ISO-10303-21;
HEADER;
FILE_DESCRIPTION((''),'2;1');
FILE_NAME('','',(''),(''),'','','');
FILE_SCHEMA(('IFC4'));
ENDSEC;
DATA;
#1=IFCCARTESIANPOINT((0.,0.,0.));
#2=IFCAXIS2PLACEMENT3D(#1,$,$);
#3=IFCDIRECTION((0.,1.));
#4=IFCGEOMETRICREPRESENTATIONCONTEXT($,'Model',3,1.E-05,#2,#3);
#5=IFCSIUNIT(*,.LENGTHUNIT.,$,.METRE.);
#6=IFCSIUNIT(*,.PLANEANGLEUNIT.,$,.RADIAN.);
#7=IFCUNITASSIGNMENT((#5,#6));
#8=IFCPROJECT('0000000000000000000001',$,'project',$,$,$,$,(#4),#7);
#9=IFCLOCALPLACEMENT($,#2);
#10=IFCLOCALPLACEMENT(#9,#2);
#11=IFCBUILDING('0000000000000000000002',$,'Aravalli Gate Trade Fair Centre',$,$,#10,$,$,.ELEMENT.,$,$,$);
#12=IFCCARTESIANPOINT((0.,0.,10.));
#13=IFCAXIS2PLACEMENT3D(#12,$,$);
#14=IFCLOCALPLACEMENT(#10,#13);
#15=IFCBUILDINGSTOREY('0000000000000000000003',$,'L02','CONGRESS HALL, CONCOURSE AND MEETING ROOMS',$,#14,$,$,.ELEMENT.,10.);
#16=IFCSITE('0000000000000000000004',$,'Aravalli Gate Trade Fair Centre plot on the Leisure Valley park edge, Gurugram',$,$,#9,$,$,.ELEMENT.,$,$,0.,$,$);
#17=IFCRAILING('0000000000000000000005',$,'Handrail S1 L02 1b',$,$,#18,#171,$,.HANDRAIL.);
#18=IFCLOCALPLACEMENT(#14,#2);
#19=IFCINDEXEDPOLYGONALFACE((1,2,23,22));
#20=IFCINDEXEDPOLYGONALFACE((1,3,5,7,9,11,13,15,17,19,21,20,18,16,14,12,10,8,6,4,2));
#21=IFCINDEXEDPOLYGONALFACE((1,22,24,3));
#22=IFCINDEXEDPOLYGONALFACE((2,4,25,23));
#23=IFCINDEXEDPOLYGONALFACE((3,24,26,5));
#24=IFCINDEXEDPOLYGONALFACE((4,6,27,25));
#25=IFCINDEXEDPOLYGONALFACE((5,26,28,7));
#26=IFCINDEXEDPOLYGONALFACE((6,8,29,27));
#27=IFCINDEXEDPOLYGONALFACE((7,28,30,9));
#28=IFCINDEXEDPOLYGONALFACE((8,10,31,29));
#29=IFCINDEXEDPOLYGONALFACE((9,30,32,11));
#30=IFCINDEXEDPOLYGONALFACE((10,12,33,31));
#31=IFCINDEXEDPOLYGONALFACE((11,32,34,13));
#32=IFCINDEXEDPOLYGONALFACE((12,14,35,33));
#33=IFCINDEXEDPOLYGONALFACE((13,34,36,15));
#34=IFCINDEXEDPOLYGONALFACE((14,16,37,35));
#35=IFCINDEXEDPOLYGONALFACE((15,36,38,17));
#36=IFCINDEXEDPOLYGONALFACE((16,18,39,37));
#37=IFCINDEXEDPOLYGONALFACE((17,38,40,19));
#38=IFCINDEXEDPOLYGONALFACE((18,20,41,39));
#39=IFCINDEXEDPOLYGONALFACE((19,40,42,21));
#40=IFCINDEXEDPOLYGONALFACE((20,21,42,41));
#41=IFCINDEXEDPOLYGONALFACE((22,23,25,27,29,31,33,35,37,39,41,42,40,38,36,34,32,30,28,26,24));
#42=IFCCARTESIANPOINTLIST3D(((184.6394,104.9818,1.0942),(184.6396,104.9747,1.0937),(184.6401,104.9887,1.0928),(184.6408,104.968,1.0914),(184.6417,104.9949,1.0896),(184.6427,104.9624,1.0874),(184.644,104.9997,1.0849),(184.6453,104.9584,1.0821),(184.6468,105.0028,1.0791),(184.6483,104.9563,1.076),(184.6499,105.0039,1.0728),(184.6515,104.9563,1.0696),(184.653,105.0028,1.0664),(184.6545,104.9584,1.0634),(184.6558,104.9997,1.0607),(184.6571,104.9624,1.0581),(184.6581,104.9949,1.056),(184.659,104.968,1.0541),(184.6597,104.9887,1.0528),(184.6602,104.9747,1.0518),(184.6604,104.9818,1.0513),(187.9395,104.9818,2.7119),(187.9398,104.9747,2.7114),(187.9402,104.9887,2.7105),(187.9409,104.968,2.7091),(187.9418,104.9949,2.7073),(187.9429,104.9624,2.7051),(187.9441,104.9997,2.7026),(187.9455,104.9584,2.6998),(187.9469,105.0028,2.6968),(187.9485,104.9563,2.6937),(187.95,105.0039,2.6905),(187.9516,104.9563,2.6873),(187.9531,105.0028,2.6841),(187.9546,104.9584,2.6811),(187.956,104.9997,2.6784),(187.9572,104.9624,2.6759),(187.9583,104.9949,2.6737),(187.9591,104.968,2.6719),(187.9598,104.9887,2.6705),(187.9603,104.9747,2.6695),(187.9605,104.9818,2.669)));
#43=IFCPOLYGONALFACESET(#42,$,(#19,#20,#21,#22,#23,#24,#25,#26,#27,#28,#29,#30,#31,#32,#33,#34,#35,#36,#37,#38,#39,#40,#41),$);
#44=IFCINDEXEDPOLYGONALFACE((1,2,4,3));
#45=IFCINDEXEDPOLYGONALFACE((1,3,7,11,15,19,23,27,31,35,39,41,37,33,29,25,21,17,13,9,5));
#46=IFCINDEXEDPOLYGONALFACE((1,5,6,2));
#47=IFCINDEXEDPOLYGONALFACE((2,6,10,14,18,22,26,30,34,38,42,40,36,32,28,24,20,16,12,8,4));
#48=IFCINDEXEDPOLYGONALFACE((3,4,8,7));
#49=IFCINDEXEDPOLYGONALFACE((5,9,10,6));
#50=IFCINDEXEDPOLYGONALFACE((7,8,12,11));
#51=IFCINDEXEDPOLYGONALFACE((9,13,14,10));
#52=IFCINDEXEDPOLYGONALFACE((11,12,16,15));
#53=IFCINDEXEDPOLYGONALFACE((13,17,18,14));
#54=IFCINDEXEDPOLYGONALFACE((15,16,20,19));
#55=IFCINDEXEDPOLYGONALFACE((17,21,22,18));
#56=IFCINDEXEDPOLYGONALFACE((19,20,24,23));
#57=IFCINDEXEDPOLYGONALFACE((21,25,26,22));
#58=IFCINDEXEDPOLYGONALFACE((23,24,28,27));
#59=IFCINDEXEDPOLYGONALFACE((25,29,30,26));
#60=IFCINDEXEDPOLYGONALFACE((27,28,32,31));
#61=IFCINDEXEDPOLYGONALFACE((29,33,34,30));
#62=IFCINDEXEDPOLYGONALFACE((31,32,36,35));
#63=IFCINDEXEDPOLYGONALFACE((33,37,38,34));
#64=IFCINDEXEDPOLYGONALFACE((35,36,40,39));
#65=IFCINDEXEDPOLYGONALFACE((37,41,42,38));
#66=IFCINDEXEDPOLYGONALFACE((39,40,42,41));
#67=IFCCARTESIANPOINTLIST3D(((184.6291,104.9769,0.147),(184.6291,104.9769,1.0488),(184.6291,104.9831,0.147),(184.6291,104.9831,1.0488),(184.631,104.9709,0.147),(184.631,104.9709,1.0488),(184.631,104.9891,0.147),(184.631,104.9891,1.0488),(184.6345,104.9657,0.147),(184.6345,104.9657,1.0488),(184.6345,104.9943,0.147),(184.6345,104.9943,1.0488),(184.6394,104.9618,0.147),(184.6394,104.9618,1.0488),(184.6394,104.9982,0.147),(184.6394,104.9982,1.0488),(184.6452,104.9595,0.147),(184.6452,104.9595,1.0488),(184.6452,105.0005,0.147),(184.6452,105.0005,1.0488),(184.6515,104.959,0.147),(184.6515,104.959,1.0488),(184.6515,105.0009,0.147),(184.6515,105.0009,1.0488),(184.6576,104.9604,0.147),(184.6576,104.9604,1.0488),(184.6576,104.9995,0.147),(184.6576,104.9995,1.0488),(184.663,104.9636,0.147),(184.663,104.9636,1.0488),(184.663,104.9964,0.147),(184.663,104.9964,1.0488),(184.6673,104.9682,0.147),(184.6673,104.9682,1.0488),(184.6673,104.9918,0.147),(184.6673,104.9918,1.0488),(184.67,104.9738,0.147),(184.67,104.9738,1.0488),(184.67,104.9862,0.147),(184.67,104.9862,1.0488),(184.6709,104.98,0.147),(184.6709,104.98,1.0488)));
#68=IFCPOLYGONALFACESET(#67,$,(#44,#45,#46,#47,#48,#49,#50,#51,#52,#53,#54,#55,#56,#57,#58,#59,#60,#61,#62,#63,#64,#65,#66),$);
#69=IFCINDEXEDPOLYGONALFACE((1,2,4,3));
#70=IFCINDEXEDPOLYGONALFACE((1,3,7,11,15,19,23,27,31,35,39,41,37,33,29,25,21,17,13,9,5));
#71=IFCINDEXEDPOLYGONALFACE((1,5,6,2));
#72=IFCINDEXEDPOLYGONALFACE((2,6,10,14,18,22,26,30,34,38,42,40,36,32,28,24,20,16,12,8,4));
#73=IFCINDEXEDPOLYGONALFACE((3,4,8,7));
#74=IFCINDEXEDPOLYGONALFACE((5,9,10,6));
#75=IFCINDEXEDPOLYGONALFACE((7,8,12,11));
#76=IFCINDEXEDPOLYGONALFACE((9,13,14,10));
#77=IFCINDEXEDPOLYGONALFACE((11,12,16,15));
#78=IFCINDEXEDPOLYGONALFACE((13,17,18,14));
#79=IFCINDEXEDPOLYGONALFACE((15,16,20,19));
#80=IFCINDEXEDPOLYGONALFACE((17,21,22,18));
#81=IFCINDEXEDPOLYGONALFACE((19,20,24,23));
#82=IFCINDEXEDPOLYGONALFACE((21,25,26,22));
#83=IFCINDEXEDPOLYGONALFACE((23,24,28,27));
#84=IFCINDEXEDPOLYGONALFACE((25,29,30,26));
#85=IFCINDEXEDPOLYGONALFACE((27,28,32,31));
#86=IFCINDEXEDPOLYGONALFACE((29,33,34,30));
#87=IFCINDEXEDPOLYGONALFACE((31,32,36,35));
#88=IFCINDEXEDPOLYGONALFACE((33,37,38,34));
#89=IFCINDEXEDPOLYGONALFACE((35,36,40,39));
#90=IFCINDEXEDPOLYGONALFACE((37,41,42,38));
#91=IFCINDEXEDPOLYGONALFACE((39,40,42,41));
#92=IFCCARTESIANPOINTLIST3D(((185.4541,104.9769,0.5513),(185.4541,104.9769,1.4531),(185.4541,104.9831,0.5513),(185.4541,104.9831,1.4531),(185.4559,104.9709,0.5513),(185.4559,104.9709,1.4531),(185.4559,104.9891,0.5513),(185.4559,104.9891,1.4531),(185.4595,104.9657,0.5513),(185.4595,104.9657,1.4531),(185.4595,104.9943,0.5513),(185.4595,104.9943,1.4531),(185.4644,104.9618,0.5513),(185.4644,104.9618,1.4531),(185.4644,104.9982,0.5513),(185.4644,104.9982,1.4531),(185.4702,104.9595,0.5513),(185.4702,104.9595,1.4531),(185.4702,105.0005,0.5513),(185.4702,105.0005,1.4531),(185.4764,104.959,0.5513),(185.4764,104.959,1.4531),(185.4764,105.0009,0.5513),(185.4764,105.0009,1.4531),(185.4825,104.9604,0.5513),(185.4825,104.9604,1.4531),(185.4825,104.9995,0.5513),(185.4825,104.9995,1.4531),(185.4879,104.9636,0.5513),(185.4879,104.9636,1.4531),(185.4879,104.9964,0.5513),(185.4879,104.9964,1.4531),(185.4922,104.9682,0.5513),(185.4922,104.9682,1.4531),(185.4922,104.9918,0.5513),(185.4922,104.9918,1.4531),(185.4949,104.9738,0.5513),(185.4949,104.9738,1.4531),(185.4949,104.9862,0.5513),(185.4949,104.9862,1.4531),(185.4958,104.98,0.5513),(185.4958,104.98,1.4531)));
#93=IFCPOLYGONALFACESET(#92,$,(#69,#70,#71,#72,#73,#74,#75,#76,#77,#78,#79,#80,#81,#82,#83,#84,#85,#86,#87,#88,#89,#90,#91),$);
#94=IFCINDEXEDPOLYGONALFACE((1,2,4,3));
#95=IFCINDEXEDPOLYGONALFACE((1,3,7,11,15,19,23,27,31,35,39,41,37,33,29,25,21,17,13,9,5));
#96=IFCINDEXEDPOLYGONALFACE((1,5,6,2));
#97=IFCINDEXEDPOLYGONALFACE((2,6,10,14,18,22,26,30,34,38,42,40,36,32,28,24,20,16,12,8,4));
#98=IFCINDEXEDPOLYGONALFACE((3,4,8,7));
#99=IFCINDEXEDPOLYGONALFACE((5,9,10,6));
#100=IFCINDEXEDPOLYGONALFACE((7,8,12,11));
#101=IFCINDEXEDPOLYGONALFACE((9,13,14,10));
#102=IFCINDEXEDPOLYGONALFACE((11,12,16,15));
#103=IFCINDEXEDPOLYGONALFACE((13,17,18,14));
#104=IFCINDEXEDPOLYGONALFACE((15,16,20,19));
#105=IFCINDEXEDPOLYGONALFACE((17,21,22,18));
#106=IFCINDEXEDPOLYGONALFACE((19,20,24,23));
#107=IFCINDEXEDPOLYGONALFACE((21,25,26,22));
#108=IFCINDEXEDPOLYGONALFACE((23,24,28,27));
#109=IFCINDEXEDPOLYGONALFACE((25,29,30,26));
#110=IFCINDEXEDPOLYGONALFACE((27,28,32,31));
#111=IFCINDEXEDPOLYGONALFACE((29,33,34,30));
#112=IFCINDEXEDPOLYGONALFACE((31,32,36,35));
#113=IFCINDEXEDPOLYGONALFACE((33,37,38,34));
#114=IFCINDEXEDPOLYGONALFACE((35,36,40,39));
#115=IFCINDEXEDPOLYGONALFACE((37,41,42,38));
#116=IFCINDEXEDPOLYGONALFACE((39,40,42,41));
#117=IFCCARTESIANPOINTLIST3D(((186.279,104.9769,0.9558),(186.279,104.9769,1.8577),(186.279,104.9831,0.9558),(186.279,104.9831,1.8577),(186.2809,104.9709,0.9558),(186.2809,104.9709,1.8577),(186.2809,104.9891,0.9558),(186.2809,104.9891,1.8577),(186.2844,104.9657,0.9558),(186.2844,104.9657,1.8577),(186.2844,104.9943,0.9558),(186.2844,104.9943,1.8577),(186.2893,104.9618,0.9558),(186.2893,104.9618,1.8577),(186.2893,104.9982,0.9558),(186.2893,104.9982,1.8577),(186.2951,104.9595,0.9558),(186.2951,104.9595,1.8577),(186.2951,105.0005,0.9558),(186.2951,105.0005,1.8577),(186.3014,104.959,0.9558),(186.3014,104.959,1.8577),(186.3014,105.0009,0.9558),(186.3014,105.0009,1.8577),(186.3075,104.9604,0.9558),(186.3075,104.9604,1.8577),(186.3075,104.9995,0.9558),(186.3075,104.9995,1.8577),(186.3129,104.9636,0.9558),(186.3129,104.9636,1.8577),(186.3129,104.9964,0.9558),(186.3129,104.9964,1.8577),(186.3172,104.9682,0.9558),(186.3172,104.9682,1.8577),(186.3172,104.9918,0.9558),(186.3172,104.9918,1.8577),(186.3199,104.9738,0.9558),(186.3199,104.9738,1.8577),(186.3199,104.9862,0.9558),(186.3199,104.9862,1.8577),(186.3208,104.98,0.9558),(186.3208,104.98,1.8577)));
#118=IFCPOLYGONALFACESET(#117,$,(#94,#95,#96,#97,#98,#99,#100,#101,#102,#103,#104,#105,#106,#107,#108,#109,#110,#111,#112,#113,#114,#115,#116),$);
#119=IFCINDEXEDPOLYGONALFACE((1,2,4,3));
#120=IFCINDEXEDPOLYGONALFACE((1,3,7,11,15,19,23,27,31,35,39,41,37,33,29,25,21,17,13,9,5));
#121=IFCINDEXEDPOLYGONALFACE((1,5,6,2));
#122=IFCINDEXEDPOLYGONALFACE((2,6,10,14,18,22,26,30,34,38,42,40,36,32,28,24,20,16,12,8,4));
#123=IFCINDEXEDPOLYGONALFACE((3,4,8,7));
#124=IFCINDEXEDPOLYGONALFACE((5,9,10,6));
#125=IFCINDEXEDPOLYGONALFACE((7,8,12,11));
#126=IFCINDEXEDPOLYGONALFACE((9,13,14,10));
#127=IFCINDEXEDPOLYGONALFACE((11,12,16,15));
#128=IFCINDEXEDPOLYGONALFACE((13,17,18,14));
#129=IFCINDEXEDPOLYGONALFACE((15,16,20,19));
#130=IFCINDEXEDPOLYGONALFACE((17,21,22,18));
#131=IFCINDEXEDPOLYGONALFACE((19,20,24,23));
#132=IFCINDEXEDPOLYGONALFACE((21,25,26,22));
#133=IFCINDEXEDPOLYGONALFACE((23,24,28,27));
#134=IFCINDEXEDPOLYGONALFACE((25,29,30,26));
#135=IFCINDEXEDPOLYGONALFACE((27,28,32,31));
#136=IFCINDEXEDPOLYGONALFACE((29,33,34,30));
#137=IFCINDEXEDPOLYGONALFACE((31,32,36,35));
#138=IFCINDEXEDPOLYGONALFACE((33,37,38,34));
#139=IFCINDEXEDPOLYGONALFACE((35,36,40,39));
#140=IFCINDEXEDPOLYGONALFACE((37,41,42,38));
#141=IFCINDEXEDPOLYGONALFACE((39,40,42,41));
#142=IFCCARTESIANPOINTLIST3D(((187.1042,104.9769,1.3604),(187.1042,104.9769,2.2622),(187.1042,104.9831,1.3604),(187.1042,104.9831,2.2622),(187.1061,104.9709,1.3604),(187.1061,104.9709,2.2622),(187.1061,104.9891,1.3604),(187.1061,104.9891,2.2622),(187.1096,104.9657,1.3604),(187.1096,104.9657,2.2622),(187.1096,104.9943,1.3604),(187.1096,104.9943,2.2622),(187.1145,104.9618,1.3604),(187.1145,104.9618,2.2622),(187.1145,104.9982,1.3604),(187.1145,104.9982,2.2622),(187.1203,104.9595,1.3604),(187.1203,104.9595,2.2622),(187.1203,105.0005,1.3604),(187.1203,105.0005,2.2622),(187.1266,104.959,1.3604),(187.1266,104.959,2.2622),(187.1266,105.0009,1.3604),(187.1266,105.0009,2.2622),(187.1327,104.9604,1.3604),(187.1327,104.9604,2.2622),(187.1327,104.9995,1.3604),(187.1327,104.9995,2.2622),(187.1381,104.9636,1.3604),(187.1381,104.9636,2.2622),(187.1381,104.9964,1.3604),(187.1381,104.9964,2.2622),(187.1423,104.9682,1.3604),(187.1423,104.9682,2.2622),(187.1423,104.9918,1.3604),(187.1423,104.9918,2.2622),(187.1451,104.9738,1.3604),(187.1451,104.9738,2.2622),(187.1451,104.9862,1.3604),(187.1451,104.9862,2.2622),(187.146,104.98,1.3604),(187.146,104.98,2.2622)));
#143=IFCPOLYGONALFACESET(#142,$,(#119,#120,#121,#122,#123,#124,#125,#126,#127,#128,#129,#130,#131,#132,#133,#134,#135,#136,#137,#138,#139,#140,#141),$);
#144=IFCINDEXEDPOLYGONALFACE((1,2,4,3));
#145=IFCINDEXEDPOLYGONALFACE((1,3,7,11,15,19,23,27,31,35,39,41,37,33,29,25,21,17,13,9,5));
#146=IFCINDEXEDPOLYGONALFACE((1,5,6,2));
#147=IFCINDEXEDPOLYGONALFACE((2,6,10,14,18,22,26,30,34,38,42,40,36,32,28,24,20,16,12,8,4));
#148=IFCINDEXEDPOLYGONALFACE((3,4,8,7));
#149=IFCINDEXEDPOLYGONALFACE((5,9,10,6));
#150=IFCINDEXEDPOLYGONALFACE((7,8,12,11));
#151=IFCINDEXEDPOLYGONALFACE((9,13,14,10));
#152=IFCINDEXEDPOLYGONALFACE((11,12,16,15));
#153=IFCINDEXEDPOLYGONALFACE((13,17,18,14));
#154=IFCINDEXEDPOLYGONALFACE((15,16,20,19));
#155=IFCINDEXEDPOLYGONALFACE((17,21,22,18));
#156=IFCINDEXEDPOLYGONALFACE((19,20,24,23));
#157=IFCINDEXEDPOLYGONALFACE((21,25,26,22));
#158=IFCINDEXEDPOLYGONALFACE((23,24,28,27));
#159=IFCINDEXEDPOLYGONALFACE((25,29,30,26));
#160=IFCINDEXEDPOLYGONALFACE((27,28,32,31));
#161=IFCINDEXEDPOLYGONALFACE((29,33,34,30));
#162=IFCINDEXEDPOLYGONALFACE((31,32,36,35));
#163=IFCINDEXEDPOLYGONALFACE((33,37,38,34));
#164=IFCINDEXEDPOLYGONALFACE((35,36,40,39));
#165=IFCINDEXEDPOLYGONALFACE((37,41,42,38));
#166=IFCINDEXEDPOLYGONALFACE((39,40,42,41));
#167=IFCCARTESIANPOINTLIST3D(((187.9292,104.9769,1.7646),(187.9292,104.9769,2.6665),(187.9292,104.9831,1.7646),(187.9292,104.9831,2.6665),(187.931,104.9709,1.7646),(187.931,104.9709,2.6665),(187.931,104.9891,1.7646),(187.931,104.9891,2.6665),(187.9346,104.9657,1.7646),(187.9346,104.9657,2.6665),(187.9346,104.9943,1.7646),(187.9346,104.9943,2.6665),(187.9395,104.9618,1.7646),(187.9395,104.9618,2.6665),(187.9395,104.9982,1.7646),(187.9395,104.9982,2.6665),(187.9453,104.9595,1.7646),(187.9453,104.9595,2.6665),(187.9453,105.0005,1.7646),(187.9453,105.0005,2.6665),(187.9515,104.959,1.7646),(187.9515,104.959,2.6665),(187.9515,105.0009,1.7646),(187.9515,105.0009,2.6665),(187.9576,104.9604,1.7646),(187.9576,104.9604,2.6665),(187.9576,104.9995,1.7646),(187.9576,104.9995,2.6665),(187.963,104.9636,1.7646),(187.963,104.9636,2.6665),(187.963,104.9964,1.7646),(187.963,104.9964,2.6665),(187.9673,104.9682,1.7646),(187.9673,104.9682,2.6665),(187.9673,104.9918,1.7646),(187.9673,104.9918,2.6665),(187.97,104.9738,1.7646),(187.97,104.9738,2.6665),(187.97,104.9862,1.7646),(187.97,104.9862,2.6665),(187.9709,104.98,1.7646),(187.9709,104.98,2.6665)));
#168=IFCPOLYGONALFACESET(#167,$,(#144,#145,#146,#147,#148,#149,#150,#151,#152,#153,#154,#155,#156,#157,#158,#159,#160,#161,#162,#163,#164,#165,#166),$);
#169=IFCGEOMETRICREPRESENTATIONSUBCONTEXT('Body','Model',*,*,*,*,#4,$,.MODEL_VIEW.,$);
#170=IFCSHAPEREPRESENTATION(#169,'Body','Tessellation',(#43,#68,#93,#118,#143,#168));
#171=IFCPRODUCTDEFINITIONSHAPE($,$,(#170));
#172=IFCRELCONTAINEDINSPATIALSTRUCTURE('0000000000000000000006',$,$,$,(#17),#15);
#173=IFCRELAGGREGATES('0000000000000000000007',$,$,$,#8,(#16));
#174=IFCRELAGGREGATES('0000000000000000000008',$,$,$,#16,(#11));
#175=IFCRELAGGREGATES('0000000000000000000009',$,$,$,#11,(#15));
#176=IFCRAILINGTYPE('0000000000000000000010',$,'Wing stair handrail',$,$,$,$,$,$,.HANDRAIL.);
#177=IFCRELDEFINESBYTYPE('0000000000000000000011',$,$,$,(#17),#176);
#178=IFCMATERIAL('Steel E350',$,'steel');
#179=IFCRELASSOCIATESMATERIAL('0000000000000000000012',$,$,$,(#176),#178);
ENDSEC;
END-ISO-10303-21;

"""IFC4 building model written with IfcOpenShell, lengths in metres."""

from ifc_helpers import new_model, si_unit, direction, frame, origin, origin_2d, place, context, subcontext, project, spatial, circle, extrude, material, type_object, element, save


model = new_model("IFC4")

# Units and contexts
model_context = context("Model", 3, precision=1e-05, world=origin(), true_north=direction((0.0, 1.0)))
body_context = subcontext(model_context, "Body", "Model", "MODEL_VIEW")
ifc_project = project(units=[si_unit("LENGTHUNIT", "METRE"), si_unit("PLANEANGLEUNIT", "RADIAN")], contexts=[model_context])

# Site, building, storey
site_placement = place(None, origin())
site = spatial("IfcSite", under=ifc_project, at=site_placement, Name="Aravalli Gate Trade Fair Centre plot on the Leisure Valley park edge, Gurugram", CompositionType="ELEMENT", RefElevation=0.0)
building_placement = place(site_placement, origin())
building = spatial("IfcBuilding", under=site, at=building_placement, Name="Aravalli Gate Trade Fair Centre", CompositionType="ELEMENT")
storey_placement = place(building_placement, frame((0.0, 0.0, 10.0)))
storey = spatial("IfcBuildingStorey", under=building, at=storey_placement, Name="L02", Description="CONGRESS HALL, CONCOURSE AND MEETING ROOMS", CompositionType="ELEMENT", Elevation=10.0)

# Shared definitions
ifc_material_1 = material(Name="Steel E350", Category="steel")

# Railing
railing_type_1 = type_object("IfcRailingType", Name="Wing stair handrail", PredefinedType="HANDRAIL", material=ifc_material_1)
for number, where, name in (
    (1, (184.6499, 104.98, 0.147), "Handrail S1 L02 1b"),
):
    element("IfcRailing", number, at=place(storey_placement, frame(where)), inside=storey, type_object=railing_type_1, Name=name, PredefinedType="HANDRAIL", context=body_context, shape_type="SweptSolid", body=[
        extrude(circle(Radius=0.0239, at=origin_2d()), frame((0.0, 0.0, 0.9258), z_axis=(0.89792, 0.0, 0.440158), x_axis=(0.0, 1.0, 0.0)), (0.0, 0.0, 1.0), 3.6753),
        extrude(circle(Radius=0.021, at=origin_2d()), origin(), (0.0, 0.0, 1.0), 0.9019),
        extrude(circle(Radius=0.021, at=origin_2d()), frame((0.825, 0.0, 0.4043)), (0.0, 0.0, 1.0), 0.9019),
        extrude(circle(Radius=0.021, at=origin_2d()), frame((1.6499, 0.0, 0.8088)), (0.0, 0.0, 1.0), 0.9019),
        extrude(circle(Radius=0.021, at=origin_2d()), frame((2.4751, 0.0, 1.2134)), (0.0, 0.0, 1.0), 0.9019),
        extrude(circle(Radius=0.021, at=origin_2d()), frame((3.3, 0.0, 1.6177)), (0.0, 0.0, 1.0), 0.9019),
    ])

save(model, "model.ifc")
